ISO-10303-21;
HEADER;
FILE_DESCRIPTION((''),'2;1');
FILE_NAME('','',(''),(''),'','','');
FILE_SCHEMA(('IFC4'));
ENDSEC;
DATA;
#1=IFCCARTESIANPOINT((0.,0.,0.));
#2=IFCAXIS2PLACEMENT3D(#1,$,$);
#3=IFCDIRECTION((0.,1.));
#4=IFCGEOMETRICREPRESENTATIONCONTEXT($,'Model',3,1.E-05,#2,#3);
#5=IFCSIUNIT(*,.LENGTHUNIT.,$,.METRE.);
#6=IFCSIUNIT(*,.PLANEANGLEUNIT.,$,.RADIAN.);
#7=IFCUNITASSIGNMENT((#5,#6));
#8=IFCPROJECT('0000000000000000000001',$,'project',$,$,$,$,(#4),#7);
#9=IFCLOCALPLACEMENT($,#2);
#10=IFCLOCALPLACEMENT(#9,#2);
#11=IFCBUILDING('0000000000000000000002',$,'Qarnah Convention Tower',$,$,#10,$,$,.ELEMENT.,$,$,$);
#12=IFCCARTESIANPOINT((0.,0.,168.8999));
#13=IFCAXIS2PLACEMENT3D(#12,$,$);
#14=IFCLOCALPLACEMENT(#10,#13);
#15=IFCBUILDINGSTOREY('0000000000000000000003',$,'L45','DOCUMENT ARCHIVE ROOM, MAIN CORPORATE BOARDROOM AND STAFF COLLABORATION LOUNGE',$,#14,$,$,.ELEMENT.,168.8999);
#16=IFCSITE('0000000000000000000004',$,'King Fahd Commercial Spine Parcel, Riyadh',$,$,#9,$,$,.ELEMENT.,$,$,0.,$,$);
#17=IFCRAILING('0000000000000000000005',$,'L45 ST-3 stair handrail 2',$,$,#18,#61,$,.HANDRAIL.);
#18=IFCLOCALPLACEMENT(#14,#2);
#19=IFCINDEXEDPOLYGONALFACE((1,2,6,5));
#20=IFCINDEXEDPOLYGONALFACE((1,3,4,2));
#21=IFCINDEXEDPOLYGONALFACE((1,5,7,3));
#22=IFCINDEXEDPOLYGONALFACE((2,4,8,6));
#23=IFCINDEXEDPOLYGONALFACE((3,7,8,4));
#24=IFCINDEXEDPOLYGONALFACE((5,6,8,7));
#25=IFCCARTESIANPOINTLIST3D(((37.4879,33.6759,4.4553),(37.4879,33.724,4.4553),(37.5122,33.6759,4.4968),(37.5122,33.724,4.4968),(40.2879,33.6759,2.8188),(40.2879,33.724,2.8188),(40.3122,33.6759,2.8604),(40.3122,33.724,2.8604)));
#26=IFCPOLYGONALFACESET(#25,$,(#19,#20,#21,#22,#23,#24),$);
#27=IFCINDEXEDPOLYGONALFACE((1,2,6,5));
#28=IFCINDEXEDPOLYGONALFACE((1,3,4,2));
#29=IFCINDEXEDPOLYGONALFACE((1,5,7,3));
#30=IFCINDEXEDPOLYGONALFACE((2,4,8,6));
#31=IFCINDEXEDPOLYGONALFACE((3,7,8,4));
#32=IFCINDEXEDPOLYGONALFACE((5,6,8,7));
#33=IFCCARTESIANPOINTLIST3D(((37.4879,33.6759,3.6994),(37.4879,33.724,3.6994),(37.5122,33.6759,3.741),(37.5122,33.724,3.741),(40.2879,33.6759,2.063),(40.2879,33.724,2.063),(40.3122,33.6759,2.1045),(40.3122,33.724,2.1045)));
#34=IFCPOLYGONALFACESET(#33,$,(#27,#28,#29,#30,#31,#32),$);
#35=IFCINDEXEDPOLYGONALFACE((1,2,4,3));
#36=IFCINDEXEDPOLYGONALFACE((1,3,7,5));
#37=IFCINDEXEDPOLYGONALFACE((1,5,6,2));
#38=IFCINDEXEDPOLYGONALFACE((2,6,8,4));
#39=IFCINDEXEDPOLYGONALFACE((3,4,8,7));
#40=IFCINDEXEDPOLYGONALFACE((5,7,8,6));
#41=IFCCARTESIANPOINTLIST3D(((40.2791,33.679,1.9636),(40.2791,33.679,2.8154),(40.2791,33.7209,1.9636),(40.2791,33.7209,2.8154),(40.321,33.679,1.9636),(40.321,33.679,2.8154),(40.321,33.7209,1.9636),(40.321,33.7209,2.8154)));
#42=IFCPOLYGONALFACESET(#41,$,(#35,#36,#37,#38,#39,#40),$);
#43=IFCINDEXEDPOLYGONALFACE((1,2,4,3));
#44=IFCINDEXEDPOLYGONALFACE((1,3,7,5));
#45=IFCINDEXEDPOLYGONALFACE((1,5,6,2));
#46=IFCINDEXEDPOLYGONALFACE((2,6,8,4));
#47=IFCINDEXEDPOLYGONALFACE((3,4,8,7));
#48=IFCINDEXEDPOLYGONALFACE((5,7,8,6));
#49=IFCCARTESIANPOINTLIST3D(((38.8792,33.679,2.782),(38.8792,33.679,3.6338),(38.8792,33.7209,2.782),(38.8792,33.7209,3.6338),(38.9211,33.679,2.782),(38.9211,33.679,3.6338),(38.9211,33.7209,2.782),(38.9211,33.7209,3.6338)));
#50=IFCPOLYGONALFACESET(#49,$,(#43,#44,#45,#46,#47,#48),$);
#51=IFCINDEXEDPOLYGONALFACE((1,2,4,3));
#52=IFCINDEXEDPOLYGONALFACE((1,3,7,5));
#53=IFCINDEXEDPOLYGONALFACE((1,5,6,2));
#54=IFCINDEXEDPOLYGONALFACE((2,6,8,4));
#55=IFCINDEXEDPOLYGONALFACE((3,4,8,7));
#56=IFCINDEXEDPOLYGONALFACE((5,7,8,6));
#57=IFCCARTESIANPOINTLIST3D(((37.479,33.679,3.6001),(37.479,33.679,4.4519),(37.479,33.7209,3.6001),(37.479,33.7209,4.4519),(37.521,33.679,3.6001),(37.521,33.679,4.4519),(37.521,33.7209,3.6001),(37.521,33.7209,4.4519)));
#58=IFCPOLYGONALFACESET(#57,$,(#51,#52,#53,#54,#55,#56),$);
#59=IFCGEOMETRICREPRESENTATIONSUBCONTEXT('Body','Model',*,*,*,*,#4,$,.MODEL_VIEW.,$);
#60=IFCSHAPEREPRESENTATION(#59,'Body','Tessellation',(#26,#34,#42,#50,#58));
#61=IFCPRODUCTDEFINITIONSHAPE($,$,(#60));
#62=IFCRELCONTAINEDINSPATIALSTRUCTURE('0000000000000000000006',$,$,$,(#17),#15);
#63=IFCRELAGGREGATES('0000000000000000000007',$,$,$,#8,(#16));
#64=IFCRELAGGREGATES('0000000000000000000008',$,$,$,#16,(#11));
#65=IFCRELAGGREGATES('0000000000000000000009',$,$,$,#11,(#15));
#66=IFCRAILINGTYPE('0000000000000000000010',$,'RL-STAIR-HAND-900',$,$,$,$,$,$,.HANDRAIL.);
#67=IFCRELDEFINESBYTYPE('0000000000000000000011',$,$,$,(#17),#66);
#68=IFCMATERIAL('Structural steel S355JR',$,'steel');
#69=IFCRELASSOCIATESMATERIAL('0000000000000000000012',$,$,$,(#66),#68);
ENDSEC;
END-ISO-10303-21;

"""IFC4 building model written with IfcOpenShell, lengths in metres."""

from ifc_helpers import new_model, si_unit, direction, frame, origin, origin_2d, place, context, subcontext, project, spatial, rectangle, extrude, material, type_object, element, save


model = new_model("IFC4")

# Units and contexts
model_context = context("Model", 3, precision=1e-05, world=origin(), true_north=direction((0.0, 1.0)))
body_context = subcontext(model_context, "Body", "Model", "MODEL_VIEW")
ifc_project = project(units=[si_unit("LENGTHUNIT", "METRE"), si_unit("PLANEANGLEUNIT", "RADIAN")], contexts=[model_context])

# Site, building, storey
site_placement = place(None, origin())
site = spatial("IfcSite", under=ifc_project, at=site_placement, Name="King Fahd Commercial Spine Parcel, Riyadh", CompositionType="ELEMENT", RefElevation=0.0)
building_placement = place(site_placement, origin())
building = spatial("IfcBuilding", under=site, at=building_placement, Name="Qarnah Convention Tower", CompositionType="ELEMENT")
storey_placement = place(building_placement, frame((0.0, 0.0, 168.8999)))
storey = spatial("IfcBuildingStorey", under=building, at=storey_placement, Name="L45", Description="DOCUMENT ARCHIVE ROOM, MAIN CORPORATE BOARDROOM AND STAFF COLLABORATION LOUNGE", CompositionType="ELEMENT", Elevation=168.8999)

# Shared definitions
ifc_material_1 = material(Name="Structural steel S355JR", Category="steel")

# Railing
railing_type_1 = type_object("IfcRailingType", Name="RL-STAIR-HAND-900", PredefinedType="HANDRAIL", material=ifc_material_1)
railing_1_placement = place(storey_placement, frame((40.3, 33.7, 1.9636)))
element("IfcRailing", 1, at=railing_1_placement, inside=storey, type_object=railing_type_1, Name="L45 ST-3 stair handrail 2", PredefinedType="HANDRAIL", context=body_context, shape_type="SweptSolid", body=[
    extrude(rectangle(XDim=0.0481, YDim=0.0481, at=origin_2d()), frame((0.0, 0.0, 0.876), z_axis=(-0.863361, 0.0, 0.504587), x_axis=(0.0, -1.0, 0.0)), (0.0, 0.0, 1.0), 3.2432),
    extrude(rectangle(XDim=0.0481, YDim=0.0481, at=origin_2d()), frame((0.0, 0.0, 0.1201), z_axis=(-0.863361, 0.0, 0.504587), x_axis=(0.0, -1.0, 0.0)), (0.0, 0.0, 1.0), 3.2432),
    extrude(rectangle(XDim=0.042, YDim=0.042, at=origin_2d()), origin(), (0.0, 0.0, 1.0), 0.8518),
    extrude(rectangle(XDim=0.042, YDim=0.042, at=origin_2d()), frame((-1.3999, 0.0, 0.8184)), (0.0, 0.0, 1.0), 0.8518),
    extrude(rectangle(XDim=0.042, YDim=0.042, at=origin_2d()), frame((-2.8, 0.0, 1.6365)), (0.0, 0.0, 1.0), 0.8518),
])

save(model, "model.ifc")
